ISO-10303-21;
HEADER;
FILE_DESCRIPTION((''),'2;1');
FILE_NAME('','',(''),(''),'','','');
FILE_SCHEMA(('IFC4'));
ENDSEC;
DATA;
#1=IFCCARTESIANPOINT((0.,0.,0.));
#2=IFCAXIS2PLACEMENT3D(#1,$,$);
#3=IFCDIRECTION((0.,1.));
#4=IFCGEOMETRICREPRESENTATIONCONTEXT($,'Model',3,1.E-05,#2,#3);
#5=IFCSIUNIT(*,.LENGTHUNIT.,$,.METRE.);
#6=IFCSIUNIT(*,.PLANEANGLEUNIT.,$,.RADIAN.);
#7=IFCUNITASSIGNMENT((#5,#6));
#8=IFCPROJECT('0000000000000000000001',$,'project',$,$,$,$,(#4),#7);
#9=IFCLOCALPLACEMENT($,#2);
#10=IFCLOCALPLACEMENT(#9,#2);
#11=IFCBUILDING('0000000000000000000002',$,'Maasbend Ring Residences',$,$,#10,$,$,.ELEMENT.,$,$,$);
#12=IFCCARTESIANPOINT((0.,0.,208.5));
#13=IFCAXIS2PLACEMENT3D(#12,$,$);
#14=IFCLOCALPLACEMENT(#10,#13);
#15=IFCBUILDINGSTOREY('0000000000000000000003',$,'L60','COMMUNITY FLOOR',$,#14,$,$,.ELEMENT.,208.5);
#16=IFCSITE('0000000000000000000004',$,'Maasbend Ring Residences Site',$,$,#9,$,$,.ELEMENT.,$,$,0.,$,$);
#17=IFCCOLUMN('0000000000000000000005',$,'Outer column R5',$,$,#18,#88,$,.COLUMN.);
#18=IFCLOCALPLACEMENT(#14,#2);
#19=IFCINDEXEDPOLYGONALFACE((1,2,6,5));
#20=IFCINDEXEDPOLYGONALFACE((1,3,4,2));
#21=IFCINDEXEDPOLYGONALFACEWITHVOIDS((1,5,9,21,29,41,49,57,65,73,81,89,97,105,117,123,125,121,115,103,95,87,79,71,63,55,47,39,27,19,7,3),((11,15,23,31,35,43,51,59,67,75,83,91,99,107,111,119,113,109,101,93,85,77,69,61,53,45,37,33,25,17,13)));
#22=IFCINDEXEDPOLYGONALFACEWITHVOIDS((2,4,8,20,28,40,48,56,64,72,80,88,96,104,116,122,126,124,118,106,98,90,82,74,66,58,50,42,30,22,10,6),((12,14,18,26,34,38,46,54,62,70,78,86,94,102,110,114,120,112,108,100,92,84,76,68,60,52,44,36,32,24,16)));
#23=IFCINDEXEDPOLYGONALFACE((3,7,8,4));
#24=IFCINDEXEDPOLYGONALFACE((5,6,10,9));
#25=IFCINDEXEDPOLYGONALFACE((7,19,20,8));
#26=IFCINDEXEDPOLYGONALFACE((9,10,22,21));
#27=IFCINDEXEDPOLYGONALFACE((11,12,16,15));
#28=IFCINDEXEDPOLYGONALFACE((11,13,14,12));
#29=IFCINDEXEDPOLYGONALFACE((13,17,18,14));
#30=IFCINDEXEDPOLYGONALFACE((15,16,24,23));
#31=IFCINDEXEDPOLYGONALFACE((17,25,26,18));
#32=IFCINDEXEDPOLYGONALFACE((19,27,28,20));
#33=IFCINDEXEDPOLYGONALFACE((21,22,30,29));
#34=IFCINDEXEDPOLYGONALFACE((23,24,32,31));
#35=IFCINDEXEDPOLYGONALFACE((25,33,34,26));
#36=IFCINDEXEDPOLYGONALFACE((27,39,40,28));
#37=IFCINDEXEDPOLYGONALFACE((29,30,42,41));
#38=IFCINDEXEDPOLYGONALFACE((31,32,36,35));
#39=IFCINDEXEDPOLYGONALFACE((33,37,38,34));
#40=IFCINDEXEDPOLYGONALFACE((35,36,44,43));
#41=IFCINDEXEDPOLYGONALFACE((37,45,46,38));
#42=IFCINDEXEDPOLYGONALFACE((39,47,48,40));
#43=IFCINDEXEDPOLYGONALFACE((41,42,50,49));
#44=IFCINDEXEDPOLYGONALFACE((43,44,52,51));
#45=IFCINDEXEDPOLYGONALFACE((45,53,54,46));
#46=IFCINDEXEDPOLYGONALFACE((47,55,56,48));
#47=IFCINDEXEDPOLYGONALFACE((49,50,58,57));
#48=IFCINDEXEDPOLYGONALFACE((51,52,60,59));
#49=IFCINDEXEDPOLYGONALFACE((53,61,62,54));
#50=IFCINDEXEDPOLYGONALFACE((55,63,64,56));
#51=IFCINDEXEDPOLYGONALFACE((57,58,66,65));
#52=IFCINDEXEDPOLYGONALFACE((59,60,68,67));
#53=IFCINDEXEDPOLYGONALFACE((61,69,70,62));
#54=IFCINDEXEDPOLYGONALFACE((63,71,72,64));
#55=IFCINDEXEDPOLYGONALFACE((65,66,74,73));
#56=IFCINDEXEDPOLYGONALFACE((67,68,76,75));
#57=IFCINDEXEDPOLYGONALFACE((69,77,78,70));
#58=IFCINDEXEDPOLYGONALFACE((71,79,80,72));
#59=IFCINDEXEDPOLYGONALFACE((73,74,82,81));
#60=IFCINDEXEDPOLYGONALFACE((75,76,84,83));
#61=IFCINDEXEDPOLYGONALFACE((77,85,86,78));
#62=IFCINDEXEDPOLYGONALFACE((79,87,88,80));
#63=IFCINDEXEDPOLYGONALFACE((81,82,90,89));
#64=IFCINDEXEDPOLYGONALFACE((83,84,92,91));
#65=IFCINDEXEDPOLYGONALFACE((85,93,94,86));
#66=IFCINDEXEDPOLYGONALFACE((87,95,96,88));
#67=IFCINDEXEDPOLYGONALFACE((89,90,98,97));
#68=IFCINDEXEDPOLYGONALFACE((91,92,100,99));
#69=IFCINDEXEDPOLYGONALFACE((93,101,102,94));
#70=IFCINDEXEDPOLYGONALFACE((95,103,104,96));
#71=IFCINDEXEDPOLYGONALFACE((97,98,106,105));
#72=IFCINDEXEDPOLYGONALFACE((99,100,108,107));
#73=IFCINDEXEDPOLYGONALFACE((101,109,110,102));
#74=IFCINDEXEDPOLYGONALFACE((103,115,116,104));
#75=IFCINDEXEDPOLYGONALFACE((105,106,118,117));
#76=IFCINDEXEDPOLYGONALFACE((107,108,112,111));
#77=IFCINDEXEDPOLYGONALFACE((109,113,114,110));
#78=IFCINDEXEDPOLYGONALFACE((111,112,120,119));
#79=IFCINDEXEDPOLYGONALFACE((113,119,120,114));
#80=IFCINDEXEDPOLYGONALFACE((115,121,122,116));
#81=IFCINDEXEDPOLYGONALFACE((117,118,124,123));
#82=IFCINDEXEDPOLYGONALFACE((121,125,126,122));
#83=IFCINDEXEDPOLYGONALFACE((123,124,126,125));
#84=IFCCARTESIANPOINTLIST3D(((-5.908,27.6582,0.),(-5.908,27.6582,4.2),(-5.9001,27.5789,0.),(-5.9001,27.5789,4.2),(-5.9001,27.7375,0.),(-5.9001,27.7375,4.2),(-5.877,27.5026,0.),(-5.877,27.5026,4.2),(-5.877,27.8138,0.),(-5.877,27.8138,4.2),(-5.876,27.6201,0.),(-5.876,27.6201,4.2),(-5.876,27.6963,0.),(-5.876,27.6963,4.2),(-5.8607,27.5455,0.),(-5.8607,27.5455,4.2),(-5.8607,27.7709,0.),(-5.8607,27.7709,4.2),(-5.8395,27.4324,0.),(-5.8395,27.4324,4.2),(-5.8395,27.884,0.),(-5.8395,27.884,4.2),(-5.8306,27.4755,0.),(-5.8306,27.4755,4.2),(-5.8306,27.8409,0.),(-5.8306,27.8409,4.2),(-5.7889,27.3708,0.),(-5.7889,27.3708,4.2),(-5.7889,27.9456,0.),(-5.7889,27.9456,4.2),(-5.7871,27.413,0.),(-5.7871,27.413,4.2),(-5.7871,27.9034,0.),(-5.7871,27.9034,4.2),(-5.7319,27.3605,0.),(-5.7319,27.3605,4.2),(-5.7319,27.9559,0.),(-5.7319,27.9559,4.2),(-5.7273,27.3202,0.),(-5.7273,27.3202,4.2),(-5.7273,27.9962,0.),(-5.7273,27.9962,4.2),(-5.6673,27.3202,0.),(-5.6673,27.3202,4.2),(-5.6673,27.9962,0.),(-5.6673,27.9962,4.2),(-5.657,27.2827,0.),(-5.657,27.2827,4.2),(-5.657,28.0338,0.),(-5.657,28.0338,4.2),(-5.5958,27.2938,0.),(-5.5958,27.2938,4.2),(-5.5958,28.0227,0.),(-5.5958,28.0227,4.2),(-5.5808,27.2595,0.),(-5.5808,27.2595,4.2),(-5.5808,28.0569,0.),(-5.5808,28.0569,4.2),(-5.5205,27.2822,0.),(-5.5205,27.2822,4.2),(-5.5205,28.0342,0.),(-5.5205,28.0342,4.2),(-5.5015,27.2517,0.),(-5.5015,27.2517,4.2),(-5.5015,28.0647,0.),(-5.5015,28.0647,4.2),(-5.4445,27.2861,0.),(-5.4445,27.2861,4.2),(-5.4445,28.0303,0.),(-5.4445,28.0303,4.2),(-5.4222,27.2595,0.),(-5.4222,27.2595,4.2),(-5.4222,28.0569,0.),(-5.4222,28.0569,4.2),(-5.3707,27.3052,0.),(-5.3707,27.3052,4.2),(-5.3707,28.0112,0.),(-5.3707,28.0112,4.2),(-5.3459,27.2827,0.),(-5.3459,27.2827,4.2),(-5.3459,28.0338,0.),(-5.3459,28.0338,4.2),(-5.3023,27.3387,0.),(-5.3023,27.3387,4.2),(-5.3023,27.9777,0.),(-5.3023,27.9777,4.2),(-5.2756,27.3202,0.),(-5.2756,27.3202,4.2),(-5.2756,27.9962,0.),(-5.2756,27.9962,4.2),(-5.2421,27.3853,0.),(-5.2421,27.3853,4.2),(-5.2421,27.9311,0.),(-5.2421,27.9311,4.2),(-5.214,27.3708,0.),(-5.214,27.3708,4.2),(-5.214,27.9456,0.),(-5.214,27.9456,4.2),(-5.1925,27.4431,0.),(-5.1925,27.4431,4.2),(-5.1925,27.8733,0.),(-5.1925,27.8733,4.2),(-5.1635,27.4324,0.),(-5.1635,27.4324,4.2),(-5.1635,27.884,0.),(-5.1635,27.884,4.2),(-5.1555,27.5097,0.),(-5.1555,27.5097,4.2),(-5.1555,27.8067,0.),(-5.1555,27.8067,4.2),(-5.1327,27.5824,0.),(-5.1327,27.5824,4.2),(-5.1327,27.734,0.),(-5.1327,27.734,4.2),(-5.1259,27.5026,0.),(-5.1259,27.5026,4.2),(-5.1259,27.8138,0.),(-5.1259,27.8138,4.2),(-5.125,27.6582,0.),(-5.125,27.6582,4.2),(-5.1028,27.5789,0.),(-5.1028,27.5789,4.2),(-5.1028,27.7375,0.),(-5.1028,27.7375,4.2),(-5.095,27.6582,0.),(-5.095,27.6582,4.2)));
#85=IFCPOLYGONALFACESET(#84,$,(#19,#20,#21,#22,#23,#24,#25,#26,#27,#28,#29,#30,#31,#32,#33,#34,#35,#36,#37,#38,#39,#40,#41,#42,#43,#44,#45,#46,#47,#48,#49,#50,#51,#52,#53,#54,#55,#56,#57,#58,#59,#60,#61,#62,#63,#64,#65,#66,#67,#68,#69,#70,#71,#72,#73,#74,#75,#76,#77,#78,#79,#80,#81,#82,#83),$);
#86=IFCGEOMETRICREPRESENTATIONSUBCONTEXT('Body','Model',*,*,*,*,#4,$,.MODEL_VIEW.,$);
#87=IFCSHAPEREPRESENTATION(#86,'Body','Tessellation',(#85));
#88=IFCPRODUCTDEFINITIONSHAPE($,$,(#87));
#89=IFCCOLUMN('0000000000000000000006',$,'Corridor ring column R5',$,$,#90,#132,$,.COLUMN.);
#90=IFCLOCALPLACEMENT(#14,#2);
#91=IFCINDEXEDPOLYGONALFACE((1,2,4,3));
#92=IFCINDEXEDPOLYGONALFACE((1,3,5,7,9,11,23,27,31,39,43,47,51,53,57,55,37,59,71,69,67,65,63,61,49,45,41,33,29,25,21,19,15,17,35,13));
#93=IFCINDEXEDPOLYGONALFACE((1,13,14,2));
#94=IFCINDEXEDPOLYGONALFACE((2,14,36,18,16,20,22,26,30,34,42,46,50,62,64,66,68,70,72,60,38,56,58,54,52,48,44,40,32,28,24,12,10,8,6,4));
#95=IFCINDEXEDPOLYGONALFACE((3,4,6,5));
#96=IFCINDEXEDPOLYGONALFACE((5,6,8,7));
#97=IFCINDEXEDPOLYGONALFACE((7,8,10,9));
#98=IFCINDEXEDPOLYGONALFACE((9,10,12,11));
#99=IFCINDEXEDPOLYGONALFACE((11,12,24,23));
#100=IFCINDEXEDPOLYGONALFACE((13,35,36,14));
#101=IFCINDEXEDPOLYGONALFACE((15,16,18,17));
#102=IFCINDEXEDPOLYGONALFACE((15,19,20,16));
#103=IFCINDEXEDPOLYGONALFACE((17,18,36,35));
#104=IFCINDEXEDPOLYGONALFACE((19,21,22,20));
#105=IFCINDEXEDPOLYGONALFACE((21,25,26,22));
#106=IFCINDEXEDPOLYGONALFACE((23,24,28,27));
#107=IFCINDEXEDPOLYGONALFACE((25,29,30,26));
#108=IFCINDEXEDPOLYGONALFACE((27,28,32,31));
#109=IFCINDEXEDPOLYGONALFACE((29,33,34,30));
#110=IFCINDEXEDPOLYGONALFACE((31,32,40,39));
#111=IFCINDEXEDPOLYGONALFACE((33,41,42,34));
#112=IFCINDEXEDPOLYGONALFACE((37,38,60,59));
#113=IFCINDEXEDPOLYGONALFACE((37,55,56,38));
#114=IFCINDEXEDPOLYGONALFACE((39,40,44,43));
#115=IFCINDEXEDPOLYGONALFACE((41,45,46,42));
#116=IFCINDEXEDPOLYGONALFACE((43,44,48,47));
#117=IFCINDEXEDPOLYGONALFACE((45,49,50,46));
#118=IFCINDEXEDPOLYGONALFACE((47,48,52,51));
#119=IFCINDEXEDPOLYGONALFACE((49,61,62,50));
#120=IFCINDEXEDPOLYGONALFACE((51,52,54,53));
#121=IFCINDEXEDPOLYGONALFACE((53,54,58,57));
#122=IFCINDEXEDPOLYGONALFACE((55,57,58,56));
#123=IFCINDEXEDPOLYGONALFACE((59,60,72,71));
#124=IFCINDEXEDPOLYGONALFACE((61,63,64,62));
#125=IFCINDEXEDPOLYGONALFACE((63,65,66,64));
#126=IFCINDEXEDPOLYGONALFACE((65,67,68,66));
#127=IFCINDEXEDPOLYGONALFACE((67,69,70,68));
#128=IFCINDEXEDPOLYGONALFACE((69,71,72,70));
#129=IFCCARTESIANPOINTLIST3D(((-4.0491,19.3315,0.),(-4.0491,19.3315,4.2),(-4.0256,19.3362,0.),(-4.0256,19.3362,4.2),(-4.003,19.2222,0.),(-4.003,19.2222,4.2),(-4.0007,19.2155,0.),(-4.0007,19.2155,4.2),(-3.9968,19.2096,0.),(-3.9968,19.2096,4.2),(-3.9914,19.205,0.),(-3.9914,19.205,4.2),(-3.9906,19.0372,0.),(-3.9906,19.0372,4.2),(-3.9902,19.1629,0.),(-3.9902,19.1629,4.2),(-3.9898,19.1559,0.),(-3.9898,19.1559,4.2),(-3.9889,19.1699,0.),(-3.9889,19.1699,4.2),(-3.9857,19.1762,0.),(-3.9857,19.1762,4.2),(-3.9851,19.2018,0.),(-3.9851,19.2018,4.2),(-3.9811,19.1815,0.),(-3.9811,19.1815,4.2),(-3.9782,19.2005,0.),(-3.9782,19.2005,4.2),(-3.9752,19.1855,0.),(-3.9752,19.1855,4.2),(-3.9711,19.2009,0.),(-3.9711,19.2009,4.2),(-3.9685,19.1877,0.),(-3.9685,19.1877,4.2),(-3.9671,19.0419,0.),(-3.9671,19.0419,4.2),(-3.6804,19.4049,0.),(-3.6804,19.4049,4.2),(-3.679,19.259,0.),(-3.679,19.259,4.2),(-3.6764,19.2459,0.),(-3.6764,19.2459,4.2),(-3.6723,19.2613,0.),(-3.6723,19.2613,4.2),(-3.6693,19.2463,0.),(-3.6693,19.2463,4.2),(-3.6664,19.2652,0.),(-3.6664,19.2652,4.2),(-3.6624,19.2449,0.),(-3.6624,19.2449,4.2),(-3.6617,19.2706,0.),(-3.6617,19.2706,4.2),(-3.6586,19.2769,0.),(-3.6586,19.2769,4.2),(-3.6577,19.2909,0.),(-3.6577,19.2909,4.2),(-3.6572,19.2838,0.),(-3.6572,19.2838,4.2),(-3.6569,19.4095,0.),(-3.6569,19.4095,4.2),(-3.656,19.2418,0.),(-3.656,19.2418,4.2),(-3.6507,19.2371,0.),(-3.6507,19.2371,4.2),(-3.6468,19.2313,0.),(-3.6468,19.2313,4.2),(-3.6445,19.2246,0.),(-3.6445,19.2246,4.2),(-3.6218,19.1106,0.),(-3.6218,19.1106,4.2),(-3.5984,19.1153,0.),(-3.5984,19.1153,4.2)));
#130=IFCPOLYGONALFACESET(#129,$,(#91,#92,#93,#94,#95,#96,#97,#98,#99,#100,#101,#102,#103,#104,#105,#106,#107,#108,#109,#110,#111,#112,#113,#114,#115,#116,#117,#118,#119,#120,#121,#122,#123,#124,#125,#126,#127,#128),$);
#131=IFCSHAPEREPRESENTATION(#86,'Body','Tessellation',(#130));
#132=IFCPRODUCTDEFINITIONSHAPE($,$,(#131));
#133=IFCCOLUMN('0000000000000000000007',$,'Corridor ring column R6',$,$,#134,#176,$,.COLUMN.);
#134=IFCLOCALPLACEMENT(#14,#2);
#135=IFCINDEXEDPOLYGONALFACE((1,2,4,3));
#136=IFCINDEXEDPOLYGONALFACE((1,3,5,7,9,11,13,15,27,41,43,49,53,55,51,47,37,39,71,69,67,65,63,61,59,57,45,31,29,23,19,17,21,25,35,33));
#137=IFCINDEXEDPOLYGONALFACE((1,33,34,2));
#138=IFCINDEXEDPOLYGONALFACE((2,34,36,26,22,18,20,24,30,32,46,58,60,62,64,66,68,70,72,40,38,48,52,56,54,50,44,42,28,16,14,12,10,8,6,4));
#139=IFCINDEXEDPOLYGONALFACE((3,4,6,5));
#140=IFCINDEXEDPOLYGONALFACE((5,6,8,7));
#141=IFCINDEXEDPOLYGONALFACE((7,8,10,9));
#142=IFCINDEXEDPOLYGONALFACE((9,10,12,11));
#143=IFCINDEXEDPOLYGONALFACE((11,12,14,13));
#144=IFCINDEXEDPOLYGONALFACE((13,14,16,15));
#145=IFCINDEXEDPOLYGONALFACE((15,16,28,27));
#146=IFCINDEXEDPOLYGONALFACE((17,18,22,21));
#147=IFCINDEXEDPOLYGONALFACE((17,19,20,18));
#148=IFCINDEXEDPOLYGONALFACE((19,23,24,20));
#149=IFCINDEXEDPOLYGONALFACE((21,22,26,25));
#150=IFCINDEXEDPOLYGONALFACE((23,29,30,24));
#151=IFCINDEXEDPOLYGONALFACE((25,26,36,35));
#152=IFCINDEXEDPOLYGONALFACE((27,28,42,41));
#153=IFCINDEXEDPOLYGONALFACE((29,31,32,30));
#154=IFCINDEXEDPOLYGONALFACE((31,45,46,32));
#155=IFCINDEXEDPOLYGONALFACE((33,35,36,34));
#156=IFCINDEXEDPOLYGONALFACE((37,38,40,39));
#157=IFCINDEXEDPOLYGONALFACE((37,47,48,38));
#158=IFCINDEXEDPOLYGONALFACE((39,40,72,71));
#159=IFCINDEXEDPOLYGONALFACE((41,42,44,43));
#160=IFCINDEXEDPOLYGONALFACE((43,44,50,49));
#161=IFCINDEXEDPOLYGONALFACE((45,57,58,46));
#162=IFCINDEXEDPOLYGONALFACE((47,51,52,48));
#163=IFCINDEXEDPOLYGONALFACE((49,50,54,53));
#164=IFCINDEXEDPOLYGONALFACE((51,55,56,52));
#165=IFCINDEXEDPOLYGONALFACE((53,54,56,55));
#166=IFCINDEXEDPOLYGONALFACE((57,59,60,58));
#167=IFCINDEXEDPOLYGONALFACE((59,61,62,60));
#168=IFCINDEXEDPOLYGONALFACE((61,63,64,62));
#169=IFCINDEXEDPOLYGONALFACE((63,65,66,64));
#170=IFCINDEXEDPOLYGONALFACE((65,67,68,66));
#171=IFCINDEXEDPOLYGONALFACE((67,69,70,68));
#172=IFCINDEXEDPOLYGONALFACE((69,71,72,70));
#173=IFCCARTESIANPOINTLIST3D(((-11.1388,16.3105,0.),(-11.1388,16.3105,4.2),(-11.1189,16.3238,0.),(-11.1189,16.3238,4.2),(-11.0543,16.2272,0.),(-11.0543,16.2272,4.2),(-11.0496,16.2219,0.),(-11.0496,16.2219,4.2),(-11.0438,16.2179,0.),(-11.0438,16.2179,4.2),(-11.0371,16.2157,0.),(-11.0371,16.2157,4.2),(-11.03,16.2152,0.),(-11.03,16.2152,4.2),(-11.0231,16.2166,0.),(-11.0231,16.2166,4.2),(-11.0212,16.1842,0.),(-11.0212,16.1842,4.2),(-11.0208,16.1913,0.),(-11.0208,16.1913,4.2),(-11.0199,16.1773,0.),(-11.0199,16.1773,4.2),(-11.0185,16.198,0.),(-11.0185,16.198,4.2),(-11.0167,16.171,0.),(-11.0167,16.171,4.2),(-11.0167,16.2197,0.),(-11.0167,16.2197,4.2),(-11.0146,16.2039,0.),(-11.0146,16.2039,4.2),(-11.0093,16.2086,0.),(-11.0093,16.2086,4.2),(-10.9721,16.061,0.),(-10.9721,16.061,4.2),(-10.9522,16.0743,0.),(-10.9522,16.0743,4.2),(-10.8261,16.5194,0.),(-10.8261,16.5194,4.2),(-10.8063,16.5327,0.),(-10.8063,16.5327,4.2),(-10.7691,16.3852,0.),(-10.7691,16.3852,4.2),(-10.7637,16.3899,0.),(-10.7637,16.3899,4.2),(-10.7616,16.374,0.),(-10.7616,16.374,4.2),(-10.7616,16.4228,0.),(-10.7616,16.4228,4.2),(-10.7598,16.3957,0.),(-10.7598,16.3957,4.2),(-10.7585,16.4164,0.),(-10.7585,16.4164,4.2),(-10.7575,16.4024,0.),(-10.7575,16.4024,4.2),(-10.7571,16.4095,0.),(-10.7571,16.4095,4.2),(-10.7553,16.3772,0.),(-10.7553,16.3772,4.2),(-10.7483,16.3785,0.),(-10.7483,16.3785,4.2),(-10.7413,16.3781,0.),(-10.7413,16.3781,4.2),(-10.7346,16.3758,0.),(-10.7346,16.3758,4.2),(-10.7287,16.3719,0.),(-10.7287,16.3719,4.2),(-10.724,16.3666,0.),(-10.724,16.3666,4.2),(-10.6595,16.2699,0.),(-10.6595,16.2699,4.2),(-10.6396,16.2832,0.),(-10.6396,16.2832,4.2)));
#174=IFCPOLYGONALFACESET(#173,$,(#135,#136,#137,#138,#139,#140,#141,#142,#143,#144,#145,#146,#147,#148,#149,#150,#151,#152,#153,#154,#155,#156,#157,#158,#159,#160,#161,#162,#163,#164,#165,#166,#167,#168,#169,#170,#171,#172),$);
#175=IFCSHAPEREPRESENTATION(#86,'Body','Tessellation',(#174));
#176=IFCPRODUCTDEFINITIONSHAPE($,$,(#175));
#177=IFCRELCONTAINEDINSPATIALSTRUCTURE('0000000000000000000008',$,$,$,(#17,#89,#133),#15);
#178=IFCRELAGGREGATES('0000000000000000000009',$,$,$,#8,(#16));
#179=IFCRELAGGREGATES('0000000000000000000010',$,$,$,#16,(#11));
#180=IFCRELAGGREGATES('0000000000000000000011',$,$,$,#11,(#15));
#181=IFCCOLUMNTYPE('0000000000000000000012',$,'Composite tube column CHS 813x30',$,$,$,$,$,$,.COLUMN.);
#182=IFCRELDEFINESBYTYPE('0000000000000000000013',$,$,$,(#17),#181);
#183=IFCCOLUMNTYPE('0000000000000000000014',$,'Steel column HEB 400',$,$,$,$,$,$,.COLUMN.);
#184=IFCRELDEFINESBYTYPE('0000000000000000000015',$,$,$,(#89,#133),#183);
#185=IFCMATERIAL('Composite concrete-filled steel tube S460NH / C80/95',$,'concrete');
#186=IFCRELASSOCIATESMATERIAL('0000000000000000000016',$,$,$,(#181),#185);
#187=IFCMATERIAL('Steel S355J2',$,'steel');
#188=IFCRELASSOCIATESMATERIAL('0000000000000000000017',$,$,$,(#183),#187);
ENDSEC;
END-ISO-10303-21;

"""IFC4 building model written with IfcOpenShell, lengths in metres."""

from ifc_helpers import new_model, si_unit, direction, frame, origin, origin_2d, place, context, subcontext, project, spatial, hollow_circle, i_section, extrude, material, material_profile, profile_set, type_object, element, save


model = new_model("IFC4")

# Units and contexts
model_context = context("Model", 3, precision=1e-05, world=origin(), true_north=direction((0.0, 1.0)))
body_context = subcontext(model_context, "Body", "Model", "MODEL_VIEW")
ifc_project = project(units=[si_unit("LENGTHUNIT", "METRE"), si_unit("PLANEANGLEUNIT", "RADIAN")], contexts=[model_context])

# Site, building, storey
site_placement = place(None, origin())
site = spatial("IfcSite", under=ifc_project, at=site_placement, Name="Maasbend Ring Residences Site", CompositionType="ELEMENT", RefElevation=0.0)
building_placement = place(site_placement, origin())
building = spatial("IfcBuilding", under=site, at=building_placement, Name="Maasbend Ring Residences", CompositionType="ELEMENT")
storey_placement = place(building_placement, frame((0.0, 0.0, 208.5)))
storey = spatial("IfcBuildingStorey", under=building, at=storey_placement, Name="L60", Description="COMMUNITY FLOOR", CompositionType="ELEMENT", Elevation=208.5)

# Columns
ifc_material_1 = material(Name="Composite concrete-filled steel tube S460NH / C80/95", Category="concrete")
ifc_material_profile_1 = material_profile(ifc_material_1, hollow_circle(Radius=0.4065, WallThickness=0.03, at=origin_2d()), Name="Composite tube column CHS 813x30")
ifc_profile_set_1 = profile_set([ifc_material_profile_1], Name="Composite concrete-filled steel tube S460NH / C80/95")
column_type_1 = type_object("IfcColumnType", Name="Composite tube column CHS 813x30", PredefinedType="COLUMN", material=ifc_profile_set_1)
column_placement = place(storey_placement, frame((-5.5015, 27.6582, 0.0), z_axis=(0.0, 0.0, 1.0), x_axis=(1.0, 0.0, 0.0)))
element("IfcColumn", 1, at=column_placement, inside=storey, type_object=column_type_1, Name="Outer column R5", PredefinedType="COLUMN", context=body_context, shape_type="SweptSolid", body=[
    extrude(hollow_circle(Radius=0.4065, WallThickness=0.03, at=origin_2d()), origin(), (0.0, 0.0, 1.0), 4.2),
])
ifc_material_2 = material(Name="Steel S355J2", Category="steel")
ifc_material_profile_2 = material_profile(ifc_material_2, i_section(OverallWidth=0.3, OverallDepth=0.3999, WebThickness=0.0134, FlangeThickness=0.0239, FilletRadius=0.0271, at=origin_2d()), Name="HEB 400")
ifc_profile_set_2 = profile_set([ifc_material_profile_2], Name="Steel S355J2")
column_type_2 = type_object("IfcColumnType", Name="Steel column HEB 400", PredefinedType="COLUMN", material=ifc_profile_set_2)
for number, where, z_axis, x_axis, name in (
    (2, (-3.8237, 19.2234, 0.0), (0.0, 0.0, 1.0), (-0.19509, 0.980785, 0.0), "Corridor ring column R5"),
    (3, (-10.8892, 16.2969, 0.0), (0.0, 0.0, 1.0), (-0.55557, 0.83147, 0.0), "Corridor ring column R6"),
):
    element("IfcColumn", number, at=place(storey_placement, frame(where, z_axis=z_axis, x_axis=x_axis)), inside=storey, type_object=column_type_2, Name=name, PredefinedType="COLUMN", context=body_context, shape_type="SweptSolid", body=[
        extrude(i_section(OverallWidth=0.3, OverallDepth=0.3999, WebThickness=0.0134, FlangeThickness=0.0239, FilletRadius=0.0271, at=origin_2d()), origin(), (0.0, 0.0, 1.0), 4.2),
    ])

save(model, "model.ifc")
